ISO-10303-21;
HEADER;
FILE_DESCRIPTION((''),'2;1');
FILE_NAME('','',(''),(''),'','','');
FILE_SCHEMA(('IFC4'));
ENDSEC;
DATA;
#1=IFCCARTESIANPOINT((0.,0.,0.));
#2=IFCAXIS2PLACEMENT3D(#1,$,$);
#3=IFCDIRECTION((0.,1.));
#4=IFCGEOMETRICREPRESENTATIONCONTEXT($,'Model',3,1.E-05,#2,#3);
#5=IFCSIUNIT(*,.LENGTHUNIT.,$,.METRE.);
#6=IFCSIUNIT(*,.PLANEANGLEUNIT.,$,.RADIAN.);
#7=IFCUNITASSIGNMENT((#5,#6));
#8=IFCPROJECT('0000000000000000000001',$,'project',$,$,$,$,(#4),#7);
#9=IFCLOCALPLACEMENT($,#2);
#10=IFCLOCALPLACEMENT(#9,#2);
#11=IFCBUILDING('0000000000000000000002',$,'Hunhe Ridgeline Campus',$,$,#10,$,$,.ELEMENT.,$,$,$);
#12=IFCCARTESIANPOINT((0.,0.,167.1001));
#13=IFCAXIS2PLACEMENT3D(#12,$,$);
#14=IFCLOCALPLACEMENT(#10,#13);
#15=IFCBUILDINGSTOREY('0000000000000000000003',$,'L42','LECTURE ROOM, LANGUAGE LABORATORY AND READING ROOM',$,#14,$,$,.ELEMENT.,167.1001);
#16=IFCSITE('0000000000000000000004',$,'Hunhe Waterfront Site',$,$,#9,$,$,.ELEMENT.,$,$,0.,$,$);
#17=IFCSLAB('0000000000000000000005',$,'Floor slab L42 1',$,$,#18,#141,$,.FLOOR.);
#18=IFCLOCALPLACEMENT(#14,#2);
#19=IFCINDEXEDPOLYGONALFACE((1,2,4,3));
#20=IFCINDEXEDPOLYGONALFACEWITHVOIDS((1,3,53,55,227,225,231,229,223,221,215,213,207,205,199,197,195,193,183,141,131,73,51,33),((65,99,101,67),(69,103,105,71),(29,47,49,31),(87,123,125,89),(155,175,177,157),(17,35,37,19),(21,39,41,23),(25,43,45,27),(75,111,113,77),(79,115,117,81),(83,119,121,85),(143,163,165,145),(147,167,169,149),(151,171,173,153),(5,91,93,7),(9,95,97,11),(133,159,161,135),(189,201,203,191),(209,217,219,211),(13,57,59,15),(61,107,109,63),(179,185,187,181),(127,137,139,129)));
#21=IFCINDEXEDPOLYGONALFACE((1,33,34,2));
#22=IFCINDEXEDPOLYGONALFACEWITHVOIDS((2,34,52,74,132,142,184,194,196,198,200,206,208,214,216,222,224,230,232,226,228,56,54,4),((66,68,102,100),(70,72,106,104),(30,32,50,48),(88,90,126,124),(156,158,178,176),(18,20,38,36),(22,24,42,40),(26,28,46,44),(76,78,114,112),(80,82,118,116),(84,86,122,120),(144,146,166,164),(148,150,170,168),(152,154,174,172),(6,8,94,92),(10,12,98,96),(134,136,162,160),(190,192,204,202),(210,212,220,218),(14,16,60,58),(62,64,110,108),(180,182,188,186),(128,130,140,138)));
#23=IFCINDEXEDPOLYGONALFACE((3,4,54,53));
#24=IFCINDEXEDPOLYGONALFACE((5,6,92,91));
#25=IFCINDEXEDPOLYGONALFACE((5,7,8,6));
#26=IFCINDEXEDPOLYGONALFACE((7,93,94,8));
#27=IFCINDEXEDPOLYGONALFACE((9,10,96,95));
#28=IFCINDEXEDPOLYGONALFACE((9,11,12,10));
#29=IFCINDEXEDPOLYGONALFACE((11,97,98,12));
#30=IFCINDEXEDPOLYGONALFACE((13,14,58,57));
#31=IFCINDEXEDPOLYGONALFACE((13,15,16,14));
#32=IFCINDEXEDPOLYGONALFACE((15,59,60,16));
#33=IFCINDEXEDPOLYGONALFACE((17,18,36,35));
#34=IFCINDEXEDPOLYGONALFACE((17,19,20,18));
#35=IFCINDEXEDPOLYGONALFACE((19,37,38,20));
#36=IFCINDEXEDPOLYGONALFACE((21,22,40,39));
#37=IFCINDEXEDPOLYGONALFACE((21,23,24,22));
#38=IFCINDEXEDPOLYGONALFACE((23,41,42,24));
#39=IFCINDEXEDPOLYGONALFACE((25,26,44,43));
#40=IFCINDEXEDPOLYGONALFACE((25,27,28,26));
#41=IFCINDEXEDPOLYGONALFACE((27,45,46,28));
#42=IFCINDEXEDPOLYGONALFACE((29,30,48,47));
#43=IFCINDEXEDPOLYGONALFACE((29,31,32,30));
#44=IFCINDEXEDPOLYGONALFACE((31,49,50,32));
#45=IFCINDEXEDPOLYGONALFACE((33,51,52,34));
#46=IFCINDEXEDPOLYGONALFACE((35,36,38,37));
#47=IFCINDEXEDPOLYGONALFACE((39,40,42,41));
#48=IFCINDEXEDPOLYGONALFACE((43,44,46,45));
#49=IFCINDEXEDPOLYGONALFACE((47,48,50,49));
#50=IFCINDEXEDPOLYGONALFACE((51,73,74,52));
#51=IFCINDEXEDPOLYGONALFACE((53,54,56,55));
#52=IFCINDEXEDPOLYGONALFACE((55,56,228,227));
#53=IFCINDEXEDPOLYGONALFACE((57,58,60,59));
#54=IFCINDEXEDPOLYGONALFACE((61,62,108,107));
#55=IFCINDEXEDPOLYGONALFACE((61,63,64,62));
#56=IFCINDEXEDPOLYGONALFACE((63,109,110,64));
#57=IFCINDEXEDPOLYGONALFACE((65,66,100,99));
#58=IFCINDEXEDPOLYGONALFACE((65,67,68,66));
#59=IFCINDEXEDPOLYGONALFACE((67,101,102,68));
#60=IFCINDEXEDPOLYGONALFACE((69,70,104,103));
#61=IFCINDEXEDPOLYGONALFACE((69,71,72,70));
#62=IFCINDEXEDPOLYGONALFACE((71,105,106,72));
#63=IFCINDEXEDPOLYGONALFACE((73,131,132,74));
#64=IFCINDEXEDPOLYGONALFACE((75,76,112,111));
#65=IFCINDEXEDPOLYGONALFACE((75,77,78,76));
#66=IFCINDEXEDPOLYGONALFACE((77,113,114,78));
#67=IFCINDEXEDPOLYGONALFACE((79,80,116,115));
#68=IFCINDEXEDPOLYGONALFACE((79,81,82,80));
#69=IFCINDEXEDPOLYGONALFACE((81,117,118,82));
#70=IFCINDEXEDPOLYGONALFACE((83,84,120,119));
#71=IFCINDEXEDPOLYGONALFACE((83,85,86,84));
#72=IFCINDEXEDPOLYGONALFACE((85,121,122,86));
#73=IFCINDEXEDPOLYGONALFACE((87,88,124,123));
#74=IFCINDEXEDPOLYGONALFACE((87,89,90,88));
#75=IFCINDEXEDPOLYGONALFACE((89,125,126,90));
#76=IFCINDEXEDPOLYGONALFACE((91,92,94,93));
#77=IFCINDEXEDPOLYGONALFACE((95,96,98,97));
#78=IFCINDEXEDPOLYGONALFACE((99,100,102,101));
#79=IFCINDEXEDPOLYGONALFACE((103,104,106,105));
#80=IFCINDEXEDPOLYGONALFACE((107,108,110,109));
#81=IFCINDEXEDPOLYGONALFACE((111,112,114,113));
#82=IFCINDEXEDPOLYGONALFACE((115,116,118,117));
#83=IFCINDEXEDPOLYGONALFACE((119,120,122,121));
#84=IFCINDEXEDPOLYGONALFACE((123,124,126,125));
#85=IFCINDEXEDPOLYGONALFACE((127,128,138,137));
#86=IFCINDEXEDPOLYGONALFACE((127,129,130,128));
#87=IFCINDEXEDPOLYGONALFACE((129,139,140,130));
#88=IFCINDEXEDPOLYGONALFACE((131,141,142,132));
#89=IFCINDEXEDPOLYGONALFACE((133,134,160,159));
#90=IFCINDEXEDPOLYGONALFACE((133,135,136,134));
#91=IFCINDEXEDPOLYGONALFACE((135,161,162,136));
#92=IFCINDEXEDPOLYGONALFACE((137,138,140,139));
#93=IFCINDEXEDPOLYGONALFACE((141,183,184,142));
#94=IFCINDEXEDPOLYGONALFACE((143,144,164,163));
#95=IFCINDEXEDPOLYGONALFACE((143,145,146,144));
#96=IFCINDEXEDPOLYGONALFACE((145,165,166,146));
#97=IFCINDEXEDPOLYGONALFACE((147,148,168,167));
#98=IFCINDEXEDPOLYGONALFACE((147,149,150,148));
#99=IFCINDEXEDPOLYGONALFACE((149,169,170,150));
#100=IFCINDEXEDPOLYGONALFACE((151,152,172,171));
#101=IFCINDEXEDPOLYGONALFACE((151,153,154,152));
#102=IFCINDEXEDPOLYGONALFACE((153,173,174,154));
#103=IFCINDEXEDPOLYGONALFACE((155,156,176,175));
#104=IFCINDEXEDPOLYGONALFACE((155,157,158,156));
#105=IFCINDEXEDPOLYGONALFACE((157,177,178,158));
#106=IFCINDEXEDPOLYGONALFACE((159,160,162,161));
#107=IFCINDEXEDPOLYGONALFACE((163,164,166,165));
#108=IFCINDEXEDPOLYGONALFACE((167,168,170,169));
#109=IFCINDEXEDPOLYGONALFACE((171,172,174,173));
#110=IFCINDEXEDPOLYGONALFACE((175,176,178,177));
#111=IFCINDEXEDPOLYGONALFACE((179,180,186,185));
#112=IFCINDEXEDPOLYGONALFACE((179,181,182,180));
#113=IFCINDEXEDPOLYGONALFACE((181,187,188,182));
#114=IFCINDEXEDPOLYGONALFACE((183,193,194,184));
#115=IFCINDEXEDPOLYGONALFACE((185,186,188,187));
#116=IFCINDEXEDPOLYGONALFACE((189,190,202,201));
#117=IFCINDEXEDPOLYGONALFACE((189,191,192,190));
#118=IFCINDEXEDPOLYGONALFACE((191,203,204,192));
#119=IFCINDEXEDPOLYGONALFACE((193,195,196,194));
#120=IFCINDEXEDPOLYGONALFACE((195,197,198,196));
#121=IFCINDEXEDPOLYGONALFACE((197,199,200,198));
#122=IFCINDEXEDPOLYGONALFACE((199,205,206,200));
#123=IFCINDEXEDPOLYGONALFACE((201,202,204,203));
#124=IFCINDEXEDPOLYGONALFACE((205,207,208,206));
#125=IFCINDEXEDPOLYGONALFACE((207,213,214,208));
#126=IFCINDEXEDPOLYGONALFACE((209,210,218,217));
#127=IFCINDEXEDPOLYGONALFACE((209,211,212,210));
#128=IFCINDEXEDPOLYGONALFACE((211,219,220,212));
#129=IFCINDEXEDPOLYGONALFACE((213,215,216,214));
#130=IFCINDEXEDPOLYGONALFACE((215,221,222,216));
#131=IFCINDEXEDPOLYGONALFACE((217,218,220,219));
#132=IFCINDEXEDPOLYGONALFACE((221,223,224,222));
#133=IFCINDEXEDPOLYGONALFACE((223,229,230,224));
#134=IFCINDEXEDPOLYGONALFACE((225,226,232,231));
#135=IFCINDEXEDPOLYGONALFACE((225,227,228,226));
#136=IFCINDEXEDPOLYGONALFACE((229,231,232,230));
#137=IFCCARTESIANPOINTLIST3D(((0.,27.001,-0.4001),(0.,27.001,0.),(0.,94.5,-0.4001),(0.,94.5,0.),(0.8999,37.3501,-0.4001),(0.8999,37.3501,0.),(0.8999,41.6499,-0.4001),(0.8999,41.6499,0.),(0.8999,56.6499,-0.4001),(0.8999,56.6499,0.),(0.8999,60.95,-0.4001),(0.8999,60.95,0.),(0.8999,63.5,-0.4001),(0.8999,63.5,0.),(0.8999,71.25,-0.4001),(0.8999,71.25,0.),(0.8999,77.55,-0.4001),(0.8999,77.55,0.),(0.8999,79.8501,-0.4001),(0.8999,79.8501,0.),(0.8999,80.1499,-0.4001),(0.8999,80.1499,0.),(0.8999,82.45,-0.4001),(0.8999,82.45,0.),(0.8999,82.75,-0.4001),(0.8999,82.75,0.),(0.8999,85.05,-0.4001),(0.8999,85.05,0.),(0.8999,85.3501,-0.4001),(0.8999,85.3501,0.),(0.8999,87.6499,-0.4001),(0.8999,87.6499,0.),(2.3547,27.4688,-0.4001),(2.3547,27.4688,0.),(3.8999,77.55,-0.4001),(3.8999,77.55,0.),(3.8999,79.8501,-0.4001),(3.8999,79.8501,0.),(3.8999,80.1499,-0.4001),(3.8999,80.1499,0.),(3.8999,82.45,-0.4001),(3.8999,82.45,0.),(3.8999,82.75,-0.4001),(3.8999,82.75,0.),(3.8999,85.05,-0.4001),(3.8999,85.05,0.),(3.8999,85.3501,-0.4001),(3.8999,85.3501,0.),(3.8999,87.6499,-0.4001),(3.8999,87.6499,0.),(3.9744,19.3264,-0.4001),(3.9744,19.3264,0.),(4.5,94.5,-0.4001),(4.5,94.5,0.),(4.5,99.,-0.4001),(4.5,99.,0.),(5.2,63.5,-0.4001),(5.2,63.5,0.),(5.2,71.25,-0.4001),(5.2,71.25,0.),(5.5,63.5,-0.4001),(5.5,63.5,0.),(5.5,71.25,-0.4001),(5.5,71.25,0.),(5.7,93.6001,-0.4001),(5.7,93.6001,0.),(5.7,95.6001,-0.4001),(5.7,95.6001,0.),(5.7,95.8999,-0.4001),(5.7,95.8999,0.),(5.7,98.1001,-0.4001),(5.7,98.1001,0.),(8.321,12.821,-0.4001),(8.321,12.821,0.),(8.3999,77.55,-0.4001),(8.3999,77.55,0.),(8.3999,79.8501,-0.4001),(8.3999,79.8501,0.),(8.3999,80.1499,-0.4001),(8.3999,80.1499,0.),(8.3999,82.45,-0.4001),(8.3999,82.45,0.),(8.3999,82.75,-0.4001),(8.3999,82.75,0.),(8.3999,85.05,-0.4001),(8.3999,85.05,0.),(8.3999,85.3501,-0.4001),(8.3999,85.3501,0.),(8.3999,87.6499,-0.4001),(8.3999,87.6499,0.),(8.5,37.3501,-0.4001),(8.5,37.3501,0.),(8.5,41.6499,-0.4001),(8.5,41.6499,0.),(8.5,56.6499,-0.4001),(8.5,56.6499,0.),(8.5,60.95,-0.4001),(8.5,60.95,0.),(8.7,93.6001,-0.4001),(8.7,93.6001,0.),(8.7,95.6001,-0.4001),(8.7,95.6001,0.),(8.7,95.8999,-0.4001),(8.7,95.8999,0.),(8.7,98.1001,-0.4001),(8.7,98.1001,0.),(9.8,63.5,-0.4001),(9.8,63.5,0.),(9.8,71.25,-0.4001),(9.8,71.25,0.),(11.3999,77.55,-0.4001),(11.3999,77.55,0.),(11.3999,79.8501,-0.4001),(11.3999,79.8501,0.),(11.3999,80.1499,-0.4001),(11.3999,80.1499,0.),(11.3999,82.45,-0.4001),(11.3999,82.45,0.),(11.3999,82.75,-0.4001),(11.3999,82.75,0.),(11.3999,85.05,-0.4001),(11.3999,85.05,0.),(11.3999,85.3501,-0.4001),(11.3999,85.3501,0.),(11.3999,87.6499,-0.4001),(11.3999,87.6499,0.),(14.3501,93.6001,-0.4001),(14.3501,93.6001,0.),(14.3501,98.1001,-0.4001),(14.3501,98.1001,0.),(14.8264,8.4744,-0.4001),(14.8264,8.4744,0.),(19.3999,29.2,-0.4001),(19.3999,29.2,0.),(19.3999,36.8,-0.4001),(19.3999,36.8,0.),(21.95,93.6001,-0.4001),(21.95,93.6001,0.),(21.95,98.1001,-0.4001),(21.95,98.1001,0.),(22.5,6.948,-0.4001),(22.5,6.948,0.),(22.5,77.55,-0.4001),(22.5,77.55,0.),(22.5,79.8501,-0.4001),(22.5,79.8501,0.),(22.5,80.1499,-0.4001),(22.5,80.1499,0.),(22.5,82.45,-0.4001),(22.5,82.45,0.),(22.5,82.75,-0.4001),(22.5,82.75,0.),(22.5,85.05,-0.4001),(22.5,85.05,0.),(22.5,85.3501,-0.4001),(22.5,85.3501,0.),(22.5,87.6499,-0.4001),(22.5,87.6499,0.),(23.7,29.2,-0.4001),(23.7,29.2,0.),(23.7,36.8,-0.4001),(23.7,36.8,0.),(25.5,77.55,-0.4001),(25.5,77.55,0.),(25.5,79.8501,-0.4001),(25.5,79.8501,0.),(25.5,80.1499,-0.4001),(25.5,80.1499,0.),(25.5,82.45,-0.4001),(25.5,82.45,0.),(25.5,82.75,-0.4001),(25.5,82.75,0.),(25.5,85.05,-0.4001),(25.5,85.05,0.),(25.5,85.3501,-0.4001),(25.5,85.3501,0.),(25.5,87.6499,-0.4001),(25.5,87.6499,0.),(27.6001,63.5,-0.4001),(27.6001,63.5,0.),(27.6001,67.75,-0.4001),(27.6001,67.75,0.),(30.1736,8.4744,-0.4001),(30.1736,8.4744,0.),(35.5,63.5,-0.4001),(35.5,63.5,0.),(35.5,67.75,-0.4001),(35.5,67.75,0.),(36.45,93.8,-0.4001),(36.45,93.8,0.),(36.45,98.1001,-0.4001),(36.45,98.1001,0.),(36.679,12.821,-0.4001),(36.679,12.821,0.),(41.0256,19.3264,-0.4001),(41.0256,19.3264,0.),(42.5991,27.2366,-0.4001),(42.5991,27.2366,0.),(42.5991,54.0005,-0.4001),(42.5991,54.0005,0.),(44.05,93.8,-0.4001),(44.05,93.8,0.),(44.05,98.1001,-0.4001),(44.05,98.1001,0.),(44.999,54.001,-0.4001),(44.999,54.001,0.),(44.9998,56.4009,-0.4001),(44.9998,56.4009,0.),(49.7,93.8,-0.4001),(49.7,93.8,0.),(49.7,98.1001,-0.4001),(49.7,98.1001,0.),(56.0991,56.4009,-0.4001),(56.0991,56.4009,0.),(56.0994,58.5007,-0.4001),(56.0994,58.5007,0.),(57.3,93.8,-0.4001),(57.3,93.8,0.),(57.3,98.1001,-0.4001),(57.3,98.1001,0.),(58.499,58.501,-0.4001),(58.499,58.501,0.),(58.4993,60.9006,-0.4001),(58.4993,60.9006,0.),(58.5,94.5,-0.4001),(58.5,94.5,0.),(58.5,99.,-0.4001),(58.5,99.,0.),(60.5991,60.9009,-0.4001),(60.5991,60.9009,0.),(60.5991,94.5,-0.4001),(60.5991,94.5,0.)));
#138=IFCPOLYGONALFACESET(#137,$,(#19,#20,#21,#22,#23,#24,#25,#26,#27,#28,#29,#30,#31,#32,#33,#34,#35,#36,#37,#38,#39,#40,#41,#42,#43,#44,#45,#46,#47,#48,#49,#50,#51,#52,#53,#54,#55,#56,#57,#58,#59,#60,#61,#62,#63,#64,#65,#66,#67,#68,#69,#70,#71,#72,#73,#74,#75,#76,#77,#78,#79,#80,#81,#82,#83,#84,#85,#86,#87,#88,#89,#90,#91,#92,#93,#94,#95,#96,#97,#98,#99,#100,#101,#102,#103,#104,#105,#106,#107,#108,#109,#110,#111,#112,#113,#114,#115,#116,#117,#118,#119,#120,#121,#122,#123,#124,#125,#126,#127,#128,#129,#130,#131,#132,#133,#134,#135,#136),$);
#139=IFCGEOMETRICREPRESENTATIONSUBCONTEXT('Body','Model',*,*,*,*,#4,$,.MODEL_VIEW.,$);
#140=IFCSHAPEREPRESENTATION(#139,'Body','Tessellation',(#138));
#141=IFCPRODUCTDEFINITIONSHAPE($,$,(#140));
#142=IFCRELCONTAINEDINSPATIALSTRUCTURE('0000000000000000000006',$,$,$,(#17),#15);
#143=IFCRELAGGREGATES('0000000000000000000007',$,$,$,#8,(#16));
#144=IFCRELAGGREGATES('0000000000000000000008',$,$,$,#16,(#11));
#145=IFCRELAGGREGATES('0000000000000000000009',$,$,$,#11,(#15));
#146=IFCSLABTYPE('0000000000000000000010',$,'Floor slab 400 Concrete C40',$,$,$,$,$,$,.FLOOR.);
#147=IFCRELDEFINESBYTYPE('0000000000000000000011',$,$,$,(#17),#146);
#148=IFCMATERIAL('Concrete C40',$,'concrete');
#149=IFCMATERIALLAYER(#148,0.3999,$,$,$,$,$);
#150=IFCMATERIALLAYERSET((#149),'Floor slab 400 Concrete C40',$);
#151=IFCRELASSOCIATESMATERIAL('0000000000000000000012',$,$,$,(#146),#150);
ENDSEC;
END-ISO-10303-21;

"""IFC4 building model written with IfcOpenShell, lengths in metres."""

from ifc_helpers import new_model, si_unit, direction, frame, origin, place, context, subcontext, project, spatial, polyline, outline, extrude, material, layer, layer_set, type_object, element, save


model = new_model("IFC4")

# Units and contexts
model_context = context("Model", 3, precision=1e-05, world=origin(), true_north=direction((0.0, 1.0)))
body_context = subcontext(model_context, "Body", "Model", "MODEL_VIEW")
ifc_project = project(units=[si_unit("LENGTHUNIT", "METRE"), si_unit("PLANEANGLEUNIT", "RADIAN")], contexts=[model_context])

# Site, building, storey
site_placement = place(None, origin())
site = spatial("IfcSite", under=ifc_project, at=site_placement, Name="Hunhe Waterfront Site", CompositionType="ELEMENT", RefElevation=0.0)
building_placement = place(site_placement, origin())
building = spatial("IfcBuilding", under=site, at=building_placement, Name="Hunhe Ridgeline Campus", CompositionType="ELEMENT")
storey_placement = place(building_placement, frame((0.0, 0.0, 167.1001)))
storey = spatial("IfcBuildingStorey", under=building, at=storey_placement, Name="L42", Description="LECTURE ROOM, LANGUAGE LABORATORY AND READING ROOM", CompositionType="ELEMENT", Elevation=167.1001)

# Slab
ifc_material_1 = material(Name="Concrete C40", Category="concrete")
ifc_layer_1 = layer(ifc_material_1, 0.3999)
ifc_layer_set_1 = layer_set([ifc_layer_1], Name="Floor slab 400 Concrete C40")
slab_type_1 = type_object("IfcSlabType", Name="Floor slab 400 Concrete C40", PredefinedType="FLOOR", material=ifc_layer_set_1)
slab_1_placement = place(storey_placement, frame((0.0, 0.0, -0.4001)))
element("IfcSlab", 1, at=slab_1_placement, inside=storey, type_object=slab_type_1, Name="Floor slab L42 1", PredefinedType="FLOOR", context=body_context, shape_type="SweptSolid", body=[
    extrude(outline(polyline([(2.3547, 27.4688), (3.9744, 19.3264), (8.321, 12.821), (14.8264, 8.4744), (22.5, 6.948), (30.1736, 8.4744), (36.679, 12.821), (41.0256, 19.3264), (42.5991, 27.2366), (42.5991, 54.0005), (44.999, 54.001), (44.9998, 56.4009), (56.0991, 56.4009), (56.0994, 58.5007), (58.499, 58.501), (58.4993, 60.9006), (60.5991, 60.9009), (60.5991, 94.5), (58.5, 94.5), (58.5, 99.0), (4.5, 99.0), (4.5, 94.5), (0.0, 94.5), (0.0, 27.001), (2.3547, 27.4688)]), holes=[polyline([(49.7, 93.8), (57.3, 93.8), (57.3, 98.1001), (49.7, 98.1001), (49.7, 93.8)]), polyline([(44.05, 93.8), (44.05, 98.1001), (36.45, 98.1001), (36.45, 93.8), (44.05, 93.8)]), polyline([(35.5, 67.75), (27.6001, 67.75), (27.6001, 63.5), (35.5, 63.5), (35.5, 67.75)]), polyline([(25.5, 82.75), (25.5, 85.05), (22.5, 85.05), (22.5, 82.75), (25.5, 82.75)]), polyline([(25.5, 82.45), (22.5, 82.45), (22.5, 80.1499), (25.5, 80.1499), (25.5, 82.45)]), polyline([(22.5, 85.3501), (25.5, 85.3501), (25.5, 87.6499), (22.5, 87.6499), (22.5, 85.3501)]), polyline([(22.5, 79.8501), (22.5, 77.55), (25.5, 77.55), (25.5, 79.8501), (22.5, 79.8501)]), polyline([(19.3999, 29.2), (23.7, 29.2), (23.7, 36.8), (19.3999, 36.8), (19.3999, 29.2)]), polyline([(21.95, 93.6001), (21.95, 98.1001), (14.3501, 98.1001), (14.3501, 93.6001), (21.95, 93.6001)]), polyline([(8.3999, 79.8501), (8.3999, 77.55), (11.3999, 77.55), (11.3999, 79.8501), (8.3999, 79.8501)]), polyline([(8.3999, 85.3501), (11.3999, 85.3501), (11.3999, 87.6499), (8.3999, 87.6499), (8.3999, 85.3501)]), polyline([(11.3999, 82.45), (8.3999, 82.45), (8.3999, 80.1499), (11.3999, 80.1499), (11.3999, 82.45)]), polyline([(11.3999, 82.75), (11.3999, 85.05), (8.3999, 85.05), (8.3999, 82.75), (11.3999, 82.75)]), polyline([(5.5, 71.25), (5.5, 63.5), (9.8, 63.5), (9.8, 71.25), (5.5, 71.25)]), polyline([(8.7, 98.1001), (5.7, 98.1001), (5.7, 95.8999), (8.7, 95.8999), (8.7, 98.1001)]), polyline([(5.7, 95.6001), (5.7, 93.6001), (8.7, 93.6001), (8.7, 95.6001), (5.7, 95.6001)]), polyline([(0.8999, 60.95), (0.8999, 56.6499), (8.5, 56.6499), (8.5, 60.95), (0.8999, 60.95)]), polyline([(0.8999, 37.3501), (8.5, 37.3501), (8.5, 41.6499), (0.8999, 41.6499), (0.8999, 37.3501)]), polyline([(0.8999, 63.5), (5.2, 63.5), (5.2, 71.25), (0.8999, 71.25), (0.8999, 63.5)]), polyline([(3.8999, 82.75), (3.8999, 85.05), (0.8999, 85.05), (0.8999, 82.75), (3.8999, 82.75)]), polyline([(3.8999, 82.45), (0.8999, 82.45), (0.8999, 80.1499), (3.8999, 80.1499), (3.8999, 82.45)]), polyline([(0.8999, 85.3501), (3.8999, 85.3501), (3.8999, 87.6499), (0.8999, 87.6499), (0.8999, 85.3501)]), polyline([(0.8999, 79.8501), (0.8999, 77.55), (3.8999, 77.55), (3.8999, 79.8501), (0.8999, 79.8501)])]), origin(), (0.0, 0.0, 1.0), 0.4001),
])

save(model, "model.ifc")
